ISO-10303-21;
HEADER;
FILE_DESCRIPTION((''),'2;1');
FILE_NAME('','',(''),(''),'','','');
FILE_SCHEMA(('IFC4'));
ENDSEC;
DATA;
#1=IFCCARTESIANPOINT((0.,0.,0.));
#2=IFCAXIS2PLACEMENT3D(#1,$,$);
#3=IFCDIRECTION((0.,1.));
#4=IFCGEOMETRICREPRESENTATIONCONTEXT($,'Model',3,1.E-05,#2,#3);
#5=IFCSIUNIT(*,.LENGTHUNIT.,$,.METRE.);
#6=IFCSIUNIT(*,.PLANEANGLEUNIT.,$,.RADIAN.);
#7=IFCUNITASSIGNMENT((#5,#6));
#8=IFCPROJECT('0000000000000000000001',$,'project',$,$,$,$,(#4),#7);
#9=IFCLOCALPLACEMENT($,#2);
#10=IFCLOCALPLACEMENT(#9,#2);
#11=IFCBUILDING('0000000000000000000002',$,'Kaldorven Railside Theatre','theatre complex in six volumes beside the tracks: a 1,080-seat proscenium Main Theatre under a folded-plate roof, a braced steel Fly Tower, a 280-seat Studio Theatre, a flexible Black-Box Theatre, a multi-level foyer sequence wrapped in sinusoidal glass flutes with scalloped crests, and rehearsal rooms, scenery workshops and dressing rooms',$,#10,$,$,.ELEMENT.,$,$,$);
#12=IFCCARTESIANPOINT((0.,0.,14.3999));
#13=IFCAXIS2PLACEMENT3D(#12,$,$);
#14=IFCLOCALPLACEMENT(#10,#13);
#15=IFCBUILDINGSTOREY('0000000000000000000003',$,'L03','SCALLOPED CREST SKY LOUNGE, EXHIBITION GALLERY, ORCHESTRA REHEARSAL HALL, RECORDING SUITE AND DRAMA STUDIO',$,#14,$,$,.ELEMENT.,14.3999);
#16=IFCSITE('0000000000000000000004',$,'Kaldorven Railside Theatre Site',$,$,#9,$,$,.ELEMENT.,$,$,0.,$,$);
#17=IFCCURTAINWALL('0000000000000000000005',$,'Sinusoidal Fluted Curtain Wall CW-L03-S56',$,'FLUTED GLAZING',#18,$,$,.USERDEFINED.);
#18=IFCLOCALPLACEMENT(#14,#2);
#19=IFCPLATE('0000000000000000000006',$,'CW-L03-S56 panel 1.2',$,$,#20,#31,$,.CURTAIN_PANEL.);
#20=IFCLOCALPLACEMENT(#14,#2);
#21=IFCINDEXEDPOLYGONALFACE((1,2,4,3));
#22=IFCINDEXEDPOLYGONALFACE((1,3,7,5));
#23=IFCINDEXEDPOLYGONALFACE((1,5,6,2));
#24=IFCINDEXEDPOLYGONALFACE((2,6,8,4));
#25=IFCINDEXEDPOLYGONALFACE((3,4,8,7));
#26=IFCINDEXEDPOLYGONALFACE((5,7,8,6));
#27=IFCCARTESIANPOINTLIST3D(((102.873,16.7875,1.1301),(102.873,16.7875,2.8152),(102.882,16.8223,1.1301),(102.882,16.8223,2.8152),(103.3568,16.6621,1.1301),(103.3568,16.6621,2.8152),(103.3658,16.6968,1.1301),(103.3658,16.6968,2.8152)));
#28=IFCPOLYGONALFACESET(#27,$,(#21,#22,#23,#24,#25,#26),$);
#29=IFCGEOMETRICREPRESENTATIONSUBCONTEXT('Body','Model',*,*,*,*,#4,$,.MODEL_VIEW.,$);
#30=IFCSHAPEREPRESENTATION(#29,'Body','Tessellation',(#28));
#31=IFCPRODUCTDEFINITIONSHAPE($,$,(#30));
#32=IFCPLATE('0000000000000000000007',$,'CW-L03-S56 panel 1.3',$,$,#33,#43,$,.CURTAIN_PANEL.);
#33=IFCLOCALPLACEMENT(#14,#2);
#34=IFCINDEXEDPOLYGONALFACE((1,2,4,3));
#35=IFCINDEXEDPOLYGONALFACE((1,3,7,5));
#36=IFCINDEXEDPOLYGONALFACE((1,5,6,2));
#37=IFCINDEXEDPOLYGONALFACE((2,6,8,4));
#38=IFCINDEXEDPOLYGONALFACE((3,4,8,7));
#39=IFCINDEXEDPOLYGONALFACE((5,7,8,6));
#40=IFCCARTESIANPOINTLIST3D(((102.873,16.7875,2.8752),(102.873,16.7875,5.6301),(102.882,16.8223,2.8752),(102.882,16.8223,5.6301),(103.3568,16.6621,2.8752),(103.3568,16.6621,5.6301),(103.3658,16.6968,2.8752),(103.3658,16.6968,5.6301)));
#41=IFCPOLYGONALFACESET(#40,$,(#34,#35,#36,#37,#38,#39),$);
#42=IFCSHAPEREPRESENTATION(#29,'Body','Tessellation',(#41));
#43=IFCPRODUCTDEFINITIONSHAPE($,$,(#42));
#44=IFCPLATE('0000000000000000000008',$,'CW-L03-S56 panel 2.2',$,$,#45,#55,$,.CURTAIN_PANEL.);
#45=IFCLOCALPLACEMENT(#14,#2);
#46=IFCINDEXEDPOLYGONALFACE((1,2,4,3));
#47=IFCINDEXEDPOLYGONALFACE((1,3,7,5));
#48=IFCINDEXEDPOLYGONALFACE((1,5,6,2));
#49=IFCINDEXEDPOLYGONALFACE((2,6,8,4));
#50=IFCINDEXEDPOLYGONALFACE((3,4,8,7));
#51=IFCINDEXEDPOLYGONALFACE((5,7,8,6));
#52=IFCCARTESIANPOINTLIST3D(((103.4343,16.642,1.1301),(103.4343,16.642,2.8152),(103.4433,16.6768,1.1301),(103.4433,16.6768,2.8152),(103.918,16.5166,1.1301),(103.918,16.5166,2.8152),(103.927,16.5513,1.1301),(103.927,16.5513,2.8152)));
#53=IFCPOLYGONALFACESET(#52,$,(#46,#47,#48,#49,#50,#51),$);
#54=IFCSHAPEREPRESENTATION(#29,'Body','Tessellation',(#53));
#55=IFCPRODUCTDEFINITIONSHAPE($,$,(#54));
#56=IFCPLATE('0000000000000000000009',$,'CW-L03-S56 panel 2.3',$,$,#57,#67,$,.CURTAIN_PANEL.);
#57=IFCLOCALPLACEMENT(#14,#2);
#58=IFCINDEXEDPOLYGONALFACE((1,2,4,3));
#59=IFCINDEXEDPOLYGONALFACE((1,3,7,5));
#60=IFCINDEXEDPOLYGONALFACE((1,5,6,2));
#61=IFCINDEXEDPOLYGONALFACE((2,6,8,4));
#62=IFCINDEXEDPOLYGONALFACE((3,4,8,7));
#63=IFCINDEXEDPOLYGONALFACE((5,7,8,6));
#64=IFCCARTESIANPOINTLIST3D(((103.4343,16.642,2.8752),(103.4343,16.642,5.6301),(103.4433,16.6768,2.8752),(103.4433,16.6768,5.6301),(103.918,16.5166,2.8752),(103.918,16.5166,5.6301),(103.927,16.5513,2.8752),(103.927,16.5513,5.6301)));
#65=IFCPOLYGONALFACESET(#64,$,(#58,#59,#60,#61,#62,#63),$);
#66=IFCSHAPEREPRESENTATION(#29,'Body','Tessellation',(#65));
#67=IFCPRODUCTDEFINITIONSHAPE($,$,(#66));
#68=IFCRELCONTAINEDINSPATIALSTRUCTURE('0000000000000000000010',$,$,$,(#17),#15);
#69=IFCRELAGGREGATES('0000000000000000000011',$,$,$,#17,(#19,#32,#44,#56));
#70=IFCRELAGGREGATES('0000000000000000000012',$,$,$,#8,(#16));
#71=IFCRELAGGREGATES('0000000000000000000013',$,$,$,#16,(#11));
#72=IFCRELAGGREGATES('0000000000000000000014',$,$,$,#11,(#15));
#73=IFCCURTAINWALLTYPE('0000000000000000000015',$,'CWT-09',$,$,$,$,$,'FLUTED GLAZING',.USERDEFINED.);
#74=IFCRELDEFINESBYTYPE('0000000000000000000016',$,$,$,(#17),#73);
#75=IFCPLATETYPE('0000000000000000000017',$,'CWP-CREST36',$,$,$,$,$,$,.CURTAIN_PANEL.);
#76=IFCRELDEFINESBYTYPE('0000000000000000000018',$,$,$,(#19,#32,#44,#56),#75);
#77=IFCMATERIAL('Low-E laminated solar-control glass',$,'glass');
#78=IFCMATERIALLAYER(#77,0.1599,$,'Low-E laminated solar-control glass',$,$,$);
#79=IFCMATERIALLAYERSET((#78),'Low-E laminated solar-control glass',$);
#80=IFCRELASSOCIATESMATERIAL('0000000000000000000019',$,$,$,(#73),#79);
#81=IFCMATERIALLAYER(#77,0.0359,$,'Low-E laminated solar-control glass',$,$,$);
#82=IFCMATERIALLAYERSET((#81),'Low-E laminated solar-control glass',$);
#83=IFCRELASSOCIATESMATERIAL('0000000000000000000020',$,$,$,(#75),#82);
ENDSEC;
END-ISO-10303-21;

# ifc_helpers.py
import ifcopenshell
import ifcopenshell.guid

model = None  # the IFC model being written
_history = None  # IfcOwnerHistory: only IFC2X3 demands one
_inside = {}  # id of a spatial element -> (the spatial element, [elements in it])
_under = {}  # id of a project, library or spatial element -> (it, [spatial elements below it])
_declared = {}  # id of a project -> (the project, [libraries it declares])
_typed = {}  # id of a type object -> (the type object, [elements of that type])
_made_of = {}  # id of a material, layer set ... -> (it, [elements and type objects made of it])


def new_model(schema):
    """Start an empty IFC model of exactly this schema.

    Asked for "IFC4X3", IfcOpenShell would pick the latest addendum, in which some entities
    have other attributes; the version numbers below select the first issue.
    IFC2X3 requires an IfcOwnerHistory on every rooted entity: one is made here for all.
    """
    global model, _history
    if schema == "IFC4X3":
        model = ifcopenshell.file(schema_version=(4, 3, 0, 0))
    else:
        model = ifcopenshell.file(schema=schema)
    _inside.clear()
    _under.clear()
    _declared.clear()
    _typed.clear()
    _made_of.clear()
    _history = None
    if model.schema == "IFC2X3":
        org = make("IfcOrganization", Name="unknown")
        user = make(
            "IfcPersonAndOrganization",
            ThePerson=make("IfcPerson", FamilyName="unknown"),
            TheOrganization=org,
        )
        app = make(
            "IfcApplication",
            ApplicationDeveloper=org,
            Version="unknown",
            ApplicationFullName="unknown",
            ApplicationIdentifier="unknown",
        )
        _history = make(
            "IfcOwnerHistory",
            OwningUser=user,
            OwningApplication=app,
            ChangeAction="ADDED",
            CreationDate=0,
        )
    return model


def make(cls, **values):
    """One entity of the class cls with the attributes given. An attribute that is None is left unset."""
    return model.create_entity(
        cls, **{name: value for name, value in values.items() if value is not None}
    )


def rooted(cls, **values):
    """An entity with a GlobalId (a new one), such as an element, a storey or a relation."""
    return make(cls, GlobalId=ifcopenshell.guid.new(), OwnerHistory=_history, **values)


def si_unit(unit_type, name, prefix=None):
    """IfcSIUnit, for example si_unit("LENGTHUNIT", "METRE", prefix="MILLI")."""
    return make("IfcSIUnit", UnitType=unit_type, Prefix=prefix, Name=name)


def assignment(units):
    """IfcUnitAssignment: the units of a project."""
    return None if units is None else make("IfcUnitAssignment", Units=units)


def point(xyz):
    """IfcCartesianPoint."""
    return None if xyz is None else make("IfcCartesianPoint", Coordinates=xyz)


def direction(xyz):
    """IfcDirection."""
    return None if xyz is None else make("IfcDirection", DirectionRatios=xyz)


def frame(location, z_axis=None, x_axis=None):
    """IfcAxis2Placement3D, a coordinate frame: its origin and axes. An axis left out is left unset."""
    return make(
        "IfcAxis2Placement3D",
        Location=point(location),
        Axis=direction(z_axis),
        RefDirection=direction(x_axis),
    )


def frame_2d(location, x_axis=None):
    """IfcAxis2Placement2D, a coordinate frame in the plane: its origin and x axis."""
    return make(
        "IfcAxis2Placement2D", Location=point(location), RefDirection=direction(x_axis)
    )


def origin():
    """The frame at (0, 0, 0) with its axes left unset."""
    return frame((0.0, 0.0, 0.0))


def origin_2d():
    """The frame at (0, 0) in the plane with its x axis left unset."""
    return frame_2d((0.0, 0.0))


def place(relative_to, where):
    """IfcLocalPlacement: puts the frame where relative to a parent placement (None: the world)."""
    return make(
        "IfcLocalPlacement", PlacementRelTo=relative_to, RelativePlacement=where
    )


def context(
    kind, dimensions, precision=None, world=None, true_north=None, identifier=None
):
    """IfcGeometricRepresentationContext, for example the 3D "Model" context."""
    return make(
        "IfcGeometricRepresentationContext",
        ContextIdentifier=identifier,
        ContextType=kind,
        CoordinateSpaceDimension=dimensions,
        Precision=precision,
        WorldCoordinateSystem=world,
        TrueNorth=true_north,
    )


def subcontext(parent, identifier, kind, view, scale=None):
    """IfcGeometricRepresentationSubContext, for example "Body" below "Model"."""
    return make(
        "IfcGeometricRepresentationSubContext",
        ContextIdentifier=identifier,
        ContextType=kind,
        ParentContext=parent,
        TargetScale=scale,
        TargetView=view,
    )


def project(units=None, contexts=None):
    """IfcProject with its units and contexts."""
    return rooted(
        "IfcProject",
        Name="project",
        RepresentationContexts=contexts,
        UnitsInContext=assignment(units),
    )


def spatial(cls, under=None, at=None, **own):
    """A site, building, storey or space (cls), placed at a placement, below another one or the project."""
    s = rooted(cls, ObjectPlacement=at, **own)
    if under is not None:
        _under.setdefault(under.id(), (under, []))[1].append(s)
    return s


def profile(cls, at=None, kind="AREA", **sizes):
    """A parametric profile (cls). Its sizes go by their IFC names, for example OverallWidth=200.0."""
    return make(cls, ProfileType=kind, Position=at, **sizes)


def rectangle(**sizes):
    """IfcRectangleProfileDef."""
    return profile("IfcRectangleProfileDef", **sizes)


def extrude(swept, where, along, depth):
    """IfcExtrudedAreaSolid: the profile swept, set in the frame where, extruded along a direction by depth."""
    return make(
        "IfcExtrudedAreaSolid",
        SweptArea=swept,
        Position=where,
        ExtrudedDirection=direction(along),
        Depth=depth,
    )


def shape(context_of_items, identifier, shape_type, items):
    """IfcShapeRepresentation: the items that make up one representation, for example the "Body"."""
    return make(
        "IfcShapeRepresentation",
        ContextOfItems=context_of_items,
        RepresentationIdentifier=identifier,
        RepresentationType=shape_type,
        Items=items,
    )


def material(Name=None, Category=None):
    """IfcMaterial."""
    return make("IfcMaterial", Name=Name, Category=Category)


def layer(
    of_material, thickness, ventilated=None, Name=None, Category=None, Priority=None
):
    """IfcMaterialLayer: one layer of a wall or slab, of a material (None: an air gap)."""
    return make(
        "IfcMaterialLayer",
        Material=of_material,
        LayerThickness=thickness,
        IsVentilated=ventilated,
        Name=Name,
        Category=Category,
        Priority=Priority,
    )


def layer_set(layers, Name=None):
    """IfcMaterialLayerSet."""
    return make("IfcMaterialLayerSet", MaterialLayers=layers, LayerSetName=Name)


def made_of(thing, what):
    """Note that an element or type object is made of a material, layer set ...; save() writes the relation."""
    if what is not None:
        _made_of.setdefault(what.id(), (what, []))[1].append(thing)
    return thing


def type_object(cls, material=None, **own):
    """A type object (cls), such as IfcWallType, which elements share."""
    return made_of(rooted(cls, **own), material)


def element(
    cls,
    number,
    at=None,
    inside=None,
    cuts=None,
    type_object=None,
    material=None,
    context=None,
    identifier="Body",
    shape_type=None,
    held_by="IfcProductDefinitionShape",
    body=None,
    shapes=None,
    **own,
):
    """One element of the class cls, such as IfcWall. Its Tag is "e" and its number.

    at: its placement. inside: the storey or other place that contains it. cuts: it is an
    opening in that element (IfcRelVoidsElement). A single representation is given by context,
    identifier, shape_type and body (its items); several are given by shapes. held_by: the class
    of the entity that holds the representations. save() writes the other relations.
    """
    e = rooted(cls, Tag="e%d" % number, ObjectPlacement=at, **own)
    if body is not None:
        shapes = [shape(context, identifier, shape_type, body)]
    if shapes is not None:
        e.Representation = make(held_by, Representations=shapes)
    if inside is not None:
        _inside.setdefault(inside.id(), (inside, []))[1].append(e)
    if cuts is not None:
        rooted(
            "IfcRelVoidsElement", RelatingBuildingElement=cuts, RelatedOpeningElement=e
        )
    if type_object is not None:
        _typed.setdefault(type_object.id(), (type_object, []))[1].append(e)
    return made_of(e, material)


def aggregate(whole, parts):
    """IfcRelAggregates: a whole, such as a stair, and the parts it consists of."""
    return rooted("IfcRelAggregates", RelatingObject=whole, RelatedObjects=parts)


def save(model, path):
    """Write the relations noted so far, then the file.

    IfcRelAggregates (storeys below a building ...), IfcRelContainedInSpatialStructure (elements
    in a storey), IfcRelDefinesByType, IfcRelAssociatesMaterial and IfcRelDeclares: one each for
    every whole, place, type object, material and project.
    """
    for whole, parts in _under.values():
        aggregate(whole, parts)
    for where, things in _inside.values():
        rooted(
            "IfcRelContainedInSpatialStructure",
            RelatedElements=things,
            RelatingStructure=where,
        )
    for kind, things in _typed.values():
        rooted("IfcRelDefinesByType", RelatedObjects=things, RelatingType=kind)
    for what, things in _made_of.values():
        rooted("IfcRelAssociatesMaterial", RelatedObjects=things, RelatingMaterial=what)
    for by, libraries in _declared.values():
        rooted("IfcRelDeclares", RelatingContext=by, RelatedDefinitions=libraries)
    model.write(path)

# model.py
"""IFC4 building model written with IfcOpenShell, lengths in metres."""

from ifc_helpers import new_model, si_unit, direction, frame, origin, origin_2d, place, context, subcontext, project, spatial, rectangle, extrude, material, layer, layer_set, type_object, element, aggregate, save


model = new_model("IFC4")

# Units and contexts
model_context = context("Model", 3, precision=1e-05, world=origin(), true_north=direction((0.0, 1.0)))
body_context = subcontext(model_context, "Body", "Model", "MODEL_VIEW")
ifc_project = project(units=[si_unit("LENGTHUNIT", "METRE"), si_unit("PLANEANGLEUNIT", "RADIAN")], contexts=[model_context])

# Site, building, storey
site_placement = place(None, origin())
site = spatial("IfcSite", under=ifc_project, at=site_placement, Name="Kaldorven Railside Theatre Site", CompositionType="ELEMENT", RefElevation=0.0)
building_placement = place(site_placement, origin())
building = spatial("IfcBuilding", under=site, at=building_placement, Name="Kaldorven Railside Theatre", Description="theatre complex in six volumes beside the tracks: a 1,080-seat proscenium Main Theatre under a folded-plate roof, a braced steel Fly Tower, a 280-seat Studio Theatre, a flexible Black-Box Theatre, a multi-level foyer sequence wrapped in sinusoidal glass flutes with scalloped crests, and rehearsal rooms, scenery workshops and dressing rooms", CompositionType="ELEMENT")
storey_placement = place(building_placement, frame((0.0, 0.0, 14.3999)))
storey = spatial("IfcBuildingStorey", under=building, at=storey_placement, Name="L03", Description="SCALLOPED CREST SKY LOUNGE, EXHIBITION GALLERY, ORCHESTRA REHEARSAL HALL, RECORDING SUITE AND DRAMA STUDIO", CompositionType="ELEMENT", Elevation=14.3999)

# Curtain wall
ifc_material_1 = material(Name="Low-E laminated solar-control glass", Category="glass")
ifc_layer_1 = layer(ifc_material_1, 0.1599, Name="Low-E laminated solar-control glass")
ifc_layer_set_1 = layer_set([ifc_layer_1], Name="Low-E laminated solar-control glass")
curtain_wall_type_1 = type_object("IfcCurtainWallType", Name="CWT-09", ElementType="FLUTED GLAZING", PredefinedType="USERDEFINED", material=ifc_layer_set_1)
curtain_wall_1_placement = place(storey_placement, origin())
curtain_wall_1 = element("IfcCurtainWall", 1, at=curtain_wall_1_placement, inside=storey, type_object=curtain_wall_type_1, Name="Sinusoidal Fluted Curtain Wall CW-L03-S56", ObjectType="FLUTED GLAZING", PredefinedType="USERDEFINED")

# Plates
ifc_layer_2 = layer(ifc_material_1, 0.0359, Name="Low-E laminated solar-control glass")
ifc_layer_set_2 = layer_set([ifc_layer_2], Name="Low-E laminated solar-control glass")
plate_type = type_object("IfcPlateType", Name="CWP-CREST36", PredefinedType="CURTAIN_PANEL", material=ifc_layer_set_2)
plate_1_placement = place(storey_placement, frame((103.1194, 16.7422, 1.1301), z_axis=(0.0, 0.0, 1.0), x_axis=(0.967999, -0.250954, 0.0)))
plate_1 = element("IfcPlate", 2, at=plate_1_placement, type_object=plate_type, Name="CW-L03-S56 panel 1.2", PredefinedType="CURTAIN_PANEL", context=body_context, shape_type="SweptSolid", body=[
    extrude(rectangle(XDim=0.4998, YDim=0.0359, at=origin_2d()), origin(), (0.0, 0.0, 1.0), 1.6851),
])
plate_2_placement = place(storey_placement, frame((103.1194, 16.7422, 2.8752), z_axis=(0.0, 0.0, 1.0), x_axis=(0.967999, -0.250954, 0.0)))
plate_2 = element("IfcPlate", 3, at=plate_2_placement, type_object=plate_type, Name="CW-L03-S56 panel 1.3", PredefinedType="CURTAIN_PANEL", context=body_context, shape_type="SweptSolid", body=[
    extrude(rectangle(XDim=0.4998, YDim=0.0359, at=origin_2d()), origin(), (0.0, 0.0, 1.0), 2.7549),
])
plate_3_placement = place(storey_placement, frame((103.6807, 16.5967, 1.1301), z_axis=(0.0, 0.0, 1.0), x_axis=(0.967999, -0.250954, 0.0)))
plate_3 = element("IfcPlate", 4, at=plate_3_placement, type_object=plate_type, Name="CW-L03-S56 panel 2.2", PredefinedType="CURTAIN_PANEL", context=body_context, shape_type="SweptSolid", body=[
    extrude(rectangle(XDim=0.4998, YDim=0.0359, at=origin_2d()), origin(), (0.0, 0.0, 1.0), 1.6851),
])
plate_4_placement = place(storey_placement, frame((103.6807, 16.5967, 2.8752), z_axis=(0.0, 0.0, 1.0), x_axis=(0.967999, -0.250954, 0.0)))
plate_4 = element("IfcPlate", 5, at=plate_4_placement, type_object=plate_type, Name="CW-L03-S56 panel 2.3", PredefinedType="CURTAIN_PANEL", context=body_context, shape_type="SweptSolid", body=[
    extrude(rectangle(XDim=0.4998, YDim=0.0359, at=origin_2d()), origin(), (0.0, 0.0, 1.0), 2.7549),
])
aggregate(curtain_wall_1, [plate_1, plate_2, plate_3, plate_4])

save(model, "model.ifc")
